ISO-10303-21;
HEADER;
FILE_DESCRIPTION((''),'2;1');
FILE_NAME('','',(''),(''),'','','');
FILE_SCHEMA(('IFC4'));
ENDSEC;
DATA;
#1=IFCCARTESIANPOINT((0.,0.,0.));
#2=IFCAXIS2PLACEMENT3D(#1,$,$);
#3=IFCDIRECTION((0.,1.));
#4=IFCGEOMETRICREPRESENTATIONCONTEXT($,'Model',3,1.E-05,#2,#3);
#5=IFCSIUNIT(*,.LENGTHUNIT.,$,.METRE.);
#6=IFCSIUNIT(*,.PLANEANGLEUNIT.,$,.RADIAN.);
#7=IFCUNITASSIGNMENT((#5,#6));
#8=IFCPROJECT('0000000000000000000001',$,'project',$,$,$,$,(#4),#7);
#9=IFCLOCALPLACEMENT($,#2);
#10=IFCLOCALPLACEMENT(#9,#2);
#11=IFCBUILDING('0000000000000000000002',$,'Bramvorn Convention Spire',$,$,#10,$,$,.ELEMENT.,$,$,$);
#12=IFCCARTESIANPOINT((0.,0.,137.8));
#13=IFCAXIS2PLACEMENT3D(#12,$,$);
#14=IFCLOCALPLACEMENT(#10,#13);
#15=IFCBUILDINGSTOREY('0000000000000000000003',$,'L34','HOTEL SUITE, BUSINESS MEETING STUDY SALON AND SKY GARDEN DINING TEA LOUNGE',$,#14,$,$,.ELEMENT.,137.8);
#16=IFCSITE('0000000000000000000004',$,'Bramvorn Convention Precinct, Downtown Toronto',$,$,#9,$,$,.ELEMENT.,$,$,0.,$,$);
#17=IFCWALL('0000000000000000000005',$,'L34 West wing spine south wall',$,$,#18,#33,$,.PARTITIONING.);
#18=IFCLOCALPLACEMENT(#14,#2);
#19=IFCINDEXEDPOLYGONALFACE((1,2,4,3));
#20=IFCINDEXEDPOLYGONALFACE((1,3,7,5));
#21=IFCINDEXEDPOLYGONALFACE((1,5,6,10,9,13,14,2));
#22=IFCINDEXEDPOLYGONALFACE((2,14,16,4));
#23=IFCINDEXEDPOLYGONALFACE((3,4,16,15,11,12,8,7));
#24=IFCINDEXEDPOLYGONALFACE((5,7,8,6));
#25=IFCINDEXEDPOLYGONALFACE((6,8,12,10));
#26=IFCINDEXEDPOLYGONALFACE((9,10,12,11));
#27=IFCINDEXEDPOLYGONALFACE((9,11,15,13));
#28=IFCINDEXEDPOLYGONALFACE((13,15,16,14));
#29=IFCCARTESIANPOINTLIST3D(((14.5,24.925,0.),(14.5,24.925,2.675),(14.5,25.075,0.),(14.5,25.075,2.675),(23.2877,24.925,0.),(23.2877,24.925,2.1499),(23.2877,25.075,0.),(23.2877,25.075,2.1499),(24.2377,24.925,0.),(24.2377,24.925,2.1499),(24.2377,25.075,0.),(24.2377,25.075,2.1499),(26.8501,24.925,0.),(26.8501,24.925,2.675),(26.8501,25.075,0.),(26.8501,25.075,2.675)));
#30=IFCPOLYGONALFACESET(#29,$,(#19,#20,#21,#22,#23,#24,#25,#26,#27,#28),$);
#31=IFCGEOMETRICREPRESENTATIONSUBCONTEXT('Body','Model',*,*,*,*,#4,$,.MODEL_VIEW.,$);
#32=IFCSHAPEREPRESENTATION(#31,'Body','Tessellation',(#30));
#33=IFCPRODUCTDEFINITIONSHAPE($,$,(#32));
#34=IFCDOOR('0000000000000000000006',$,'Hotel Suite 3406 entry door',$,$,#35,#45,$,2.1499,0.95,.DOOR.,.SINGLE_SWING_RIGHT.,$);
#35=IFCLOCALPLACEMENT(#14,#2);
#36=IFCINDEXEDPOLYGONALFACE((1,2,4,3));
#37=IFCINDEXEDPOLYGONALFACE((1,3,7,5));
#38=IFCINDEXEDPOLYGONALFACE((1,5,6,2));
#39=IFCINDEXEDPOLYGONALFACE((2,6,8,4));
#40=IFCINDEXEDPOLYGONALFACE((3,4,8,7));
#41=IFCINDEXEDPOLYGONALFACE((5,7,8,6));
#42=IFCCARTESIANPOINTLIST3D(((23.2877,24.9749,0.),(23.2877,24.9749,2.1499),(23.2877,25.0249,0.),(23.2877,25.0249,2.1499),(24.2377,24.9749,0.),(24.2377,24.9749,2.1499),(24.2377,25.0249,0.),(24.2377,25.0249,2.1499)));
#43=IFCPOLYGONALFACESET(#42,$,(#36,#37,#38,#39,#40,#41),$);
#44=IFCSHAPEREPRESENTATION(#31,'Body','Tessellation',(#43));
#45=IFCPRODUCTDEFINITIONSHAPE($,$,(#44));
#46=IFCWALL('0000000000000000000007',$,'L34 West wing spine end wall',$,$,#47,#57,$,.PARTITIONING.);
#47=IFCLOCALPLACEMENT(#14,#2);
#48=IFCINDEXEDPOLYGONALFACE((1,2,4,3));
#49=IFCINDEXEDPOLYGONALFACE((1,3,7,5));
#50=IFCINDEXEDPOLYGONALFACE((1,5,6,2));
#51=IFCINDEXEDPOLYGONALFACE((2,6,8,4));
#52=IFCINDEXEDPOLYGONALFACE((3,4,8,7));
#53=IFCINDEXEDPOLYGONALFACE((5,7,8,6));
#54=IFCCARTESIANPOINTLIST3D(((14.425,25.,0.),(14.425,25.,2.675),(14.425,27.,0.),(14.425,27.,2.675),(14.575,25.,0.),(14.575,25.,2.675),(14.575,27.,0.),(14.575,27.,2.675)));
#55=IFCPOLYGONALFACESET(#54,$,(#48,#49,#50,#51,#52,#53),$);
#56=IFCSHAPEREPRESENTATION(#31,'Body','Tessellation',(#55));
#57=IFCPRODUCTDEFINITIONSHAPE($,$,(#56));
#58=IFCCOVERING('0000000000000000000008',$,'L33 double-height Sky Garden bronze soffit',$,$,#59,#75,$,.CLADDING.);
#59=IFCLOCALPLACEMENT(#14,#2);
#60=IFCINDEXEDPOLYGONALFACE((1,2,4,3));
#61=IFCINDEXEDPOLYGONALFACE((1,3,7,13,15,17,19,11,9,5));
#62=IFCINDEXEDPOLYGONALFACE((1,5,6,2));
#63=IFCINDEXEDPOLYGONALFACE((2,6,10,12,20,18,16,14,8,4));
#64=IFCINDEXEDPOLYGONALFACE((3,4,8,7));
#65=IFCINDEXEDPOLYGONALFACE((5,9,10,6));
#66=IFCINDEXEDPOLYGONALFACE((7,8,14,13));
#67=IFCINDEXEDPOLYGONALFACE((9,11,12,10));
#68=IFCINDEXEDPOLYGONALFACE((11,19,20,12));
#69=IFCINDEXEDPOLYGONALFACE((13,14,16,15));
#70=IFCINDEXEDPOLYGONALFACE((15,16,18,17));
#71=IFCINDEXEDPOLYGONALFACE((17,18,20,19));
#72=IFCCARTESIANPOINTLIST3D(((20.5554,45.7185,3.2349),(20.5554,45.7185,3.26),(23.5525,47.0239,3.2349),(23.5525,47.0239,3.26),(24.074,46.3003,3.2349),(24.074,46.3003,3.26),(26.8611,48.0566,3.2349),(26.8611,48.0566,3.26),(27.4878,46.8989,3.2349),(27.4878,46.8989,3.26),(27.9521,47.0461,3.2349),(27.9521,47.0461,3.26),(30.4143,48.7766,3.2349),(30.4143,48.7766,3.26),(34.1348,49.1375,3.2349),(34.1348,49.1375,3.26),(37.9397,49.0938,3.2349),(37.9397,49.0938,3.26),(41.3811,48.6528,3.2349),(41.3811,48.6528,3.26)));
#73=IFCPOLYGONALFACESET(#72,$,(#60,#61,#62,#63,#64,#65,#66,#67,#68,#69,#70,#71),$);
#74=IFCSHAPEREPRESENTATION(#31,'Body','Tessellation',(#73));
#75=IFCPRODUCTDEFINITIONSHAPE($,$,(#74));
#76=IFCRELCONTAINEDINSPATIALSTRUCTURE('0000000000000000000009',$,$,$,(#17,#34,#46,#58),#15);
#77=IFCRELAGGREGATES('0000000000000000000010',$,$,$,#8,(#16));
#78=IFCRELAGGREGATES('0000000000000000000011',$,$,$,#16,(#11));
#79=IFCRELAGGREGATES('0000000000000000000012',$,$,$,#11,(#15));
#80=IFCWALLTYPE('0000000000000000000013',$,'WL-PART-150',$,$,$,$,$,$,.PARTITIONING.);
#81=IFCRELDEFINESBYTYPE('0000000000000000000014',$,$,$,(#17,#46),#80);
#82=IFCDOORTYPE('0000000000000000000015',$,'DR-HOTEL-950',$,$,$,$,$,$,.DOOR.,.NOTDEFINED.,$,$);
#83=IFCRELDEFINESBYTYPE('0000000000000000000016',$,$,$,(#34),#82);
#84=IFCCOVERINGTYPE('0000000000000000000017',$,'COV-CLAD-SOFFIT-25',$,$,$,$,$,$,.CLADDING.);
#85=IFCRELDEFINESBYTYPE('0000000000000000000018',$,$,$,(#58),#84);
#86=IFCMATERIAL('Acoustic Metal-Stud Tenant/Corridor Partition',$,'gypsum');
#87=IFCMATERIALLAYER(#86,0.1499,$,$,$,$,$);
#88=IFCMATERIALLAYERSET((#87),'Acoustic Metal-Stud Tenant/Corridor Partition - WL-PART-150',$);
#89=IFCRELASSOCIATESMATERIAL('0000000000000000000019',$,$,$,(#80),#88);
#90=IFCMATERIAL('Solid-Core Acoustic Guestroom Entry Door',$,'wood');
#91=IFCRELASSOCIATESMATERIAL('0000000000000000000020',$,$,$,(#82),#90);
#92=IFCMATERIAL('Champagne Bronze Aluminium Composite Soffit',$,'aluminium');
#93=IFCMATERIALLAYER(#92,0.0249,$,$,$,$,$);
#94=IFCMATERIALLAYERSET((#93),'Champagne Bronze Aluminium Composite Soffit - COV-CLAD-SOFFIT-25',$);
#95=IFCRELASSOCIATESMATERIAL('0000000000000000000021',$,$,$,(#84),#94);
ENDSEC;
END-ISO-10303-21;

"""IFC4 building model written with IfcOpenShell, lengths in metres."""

from ifc_helpers import new_model, si_unit, direction, frame, frame_2d, origin, place, context, subcontext, project, spatial, polyline, rectangle, outline, extrude, material, layer, layer_set, type_object, element, fill, save


model = new_model("IFC4")

# Units and contexts
model_context = context("Model", 3, precision=1e-05, world=origin(), true_north=direction((0.0, 1.0)))
body_context = subcontext(model_context, "Body", "Model", "MODEL_VIEW")
ifc_project = project(units=[si_unit("LENGTHUNIT", "METRE"), si_unit("PLANEANGLEUNIT", "RADIAN")], contexts=[model_context])

# Site, building, storey
site_placement = place(None, origin())
site = spatial("IfcSite", under=ifc_project, at=site_placement, Name="Bramvorn Convention Precinct, Downtown Toronto", CompositionType="ELEMENT", RefElevation=0.0)
building_placement = place(site_placement, origin())
building = spatial("IfcBuilding", under=site, at=building_placement, Name="Bramvorn Convention Spire", CompositionType="ELEMENT")
storey_placement = place(building_placement, frame((0.0, 0.0, 137.8)))
storey = spatial("IfcBuildingStorey", under=building, at=storey_placement, Name="L34", Description="HOTEL SUITE, BUSINESS MEETING STUDY SALON AND SKY GARDEN DINING TEA LOUNGE", CompositionType="ELEMENT", Elevation=137.8)

# Shared definitions
ifc_material_1 = material(Name="Acoustic Metal-Stud Tenant/Corridor Partition", Category="gypsum")
ifc_layer_1 = layer(ifc_material_1, 0.1499)
ifc_layer_set_1 = layer_set([ifc_layer_1], Name="Acoustic Metal-Stud Tenant/Corridor Partition - WL-PART-150")
wall_type = type_object("IfcWallType", Name="WL-PART-150", PredefinedType="PARTITIONING", material=ifc_layer_set_1)

# Wall, opening, door
wall_1_placement = place(storey_placement, frame((14.5, 25.0, 0.0), z_axis=(0.0, 0.0, 1.0), x_axis=(1.0, 0.0, 0.0)))
wall_1 = element("IfcWall", 1, at=wall_1_placement, inside=storey, type_object=wall_type, Name="L34 West wing spine south wall", PredefinedType="PARTITIONING", context=body_context, shape_type="SweptSolid", body=[
    extrude(rectangle(XDim=12.3501, YDim=0.1499, at=frame_2d((6.175, 0.0))), origin(), (0.0, 0.0, 1.0), 2.675),
])
opening_placement = place(wall_1_placement, frame((8.7876, 0.0, 0.0)))
opening = element("IfcOpeningElement", 2, at=opening_placement, cuts=wall_1, PredefinedType="OPENING", context=body_context, shape_type="SweptSolid", body=[
    extrude(rectangle(XDim=0.95, YDim=2.1499, at=frame_2d((0.4751, 1.075))), frame((0.0, 0.085, 0.0), z_axis=(0.0, -1.0, 0.0), x_axis=(1.0, 0.0, 0.0)), (0.0, 0.0, 1.0), 0.1699),
])
ifc_material_2 = material(Name="Solid-Core Acoustic Guestroom Entry Door", Category="wood")
door_type = type_object("IfcDoorType", Name="DR-HOTEL-950", OperationType="NOTDEFINED", PredefinedType="DOOR", material=ifc_material_2)
door_placement = place(opening_placement, origin())
door = element("IfcDoor", 3, at=door_placement, inside=storey, type_object=door_type, Name="Hotel Suite 3406 entry door", OperationType="SINGLE_SWING_RIGHT", OverallHeight=2.1499, OverallWidth=0.95, PredefinedType="DOOR", context=body_context, shape_type="SweptSolid", body=[
    extrude(rectangle(XDim=0.95, YDim=2.1499, at=frame_2d((0.4751, 1.075))), frame((0.0, 0.0249, 0.0), z_axis=(0.0, -1.0, 0.0), x_axis=(1.0, 0.0, 0.0)), (0.0, 0.0, 1.0), 0.05),
])
fill(opening, door)

# Wall
wall_2_placement = place(storey_placement, frame((14.5, 25.0, 0.0), z_axis=(0.0, 0.0, 1.0), x_axis=(0.0, 1.0, 0.0)))
element("IfcWall", 4, at=wall_2_placement, inside=storey, type_object=wall_type, Name="L34 West wing spine end wall", PredefinedType="PARTITIONING", context=body_context, shape_type="SweptSolid", body=[
    extrude(rectangle(XDim=2.0, YDim=0.1499, at=frame_2d((1.0, 0.0))), origin(), (0.0, 0.0, 1.0), 2.675),
])

# Covering
ifc_material_3 = material(Name="Champagne Bronze Aluminium Composite Soffit", Category="aluminium")
ifc_layer_2 = layer(ifc_material_3, 0.0249)
ifc_layer_set_2 = layer_set([ifc_layer_2], Name="Champagne Bronze Aluminium Composite Soffit - COV-CLAD-SOFFIT-25")
covering_type = type_object("IfcCoveringType", Name="COV-CLAD-SOFFIT-25", PredefinedType="CLADDING", material=ifc_layer_set_2)
covering_placement = place(storey_placement, frame((0.0, 0.0, 3.2349)))
element("IfcCovering", 5, at=covering_placement, inside=storey, type_object=covering_type, Name="L33 double-height Sky Garden bronze soffit", PredefinedType="CLADDING", context=body_context, shape_type="SweptSolid", body=[
    extrude(outline(polyline([(23.5525, 47.0239), (20.5554, 45.7185), (24.074, 46.3003), (27.4878, 46.8989), (27.9521, 47.0461), (41.3811, 48.6528), (37.9397, 49.0938), (34.1348, 49.1375), (30.4143, 48.7766), (26.8611, 48.0566), (23.5525, 47.0239)])), origin(), (0.0, 0.0, 1.0), 0.0251),
])

save(model, "model.ifc")
